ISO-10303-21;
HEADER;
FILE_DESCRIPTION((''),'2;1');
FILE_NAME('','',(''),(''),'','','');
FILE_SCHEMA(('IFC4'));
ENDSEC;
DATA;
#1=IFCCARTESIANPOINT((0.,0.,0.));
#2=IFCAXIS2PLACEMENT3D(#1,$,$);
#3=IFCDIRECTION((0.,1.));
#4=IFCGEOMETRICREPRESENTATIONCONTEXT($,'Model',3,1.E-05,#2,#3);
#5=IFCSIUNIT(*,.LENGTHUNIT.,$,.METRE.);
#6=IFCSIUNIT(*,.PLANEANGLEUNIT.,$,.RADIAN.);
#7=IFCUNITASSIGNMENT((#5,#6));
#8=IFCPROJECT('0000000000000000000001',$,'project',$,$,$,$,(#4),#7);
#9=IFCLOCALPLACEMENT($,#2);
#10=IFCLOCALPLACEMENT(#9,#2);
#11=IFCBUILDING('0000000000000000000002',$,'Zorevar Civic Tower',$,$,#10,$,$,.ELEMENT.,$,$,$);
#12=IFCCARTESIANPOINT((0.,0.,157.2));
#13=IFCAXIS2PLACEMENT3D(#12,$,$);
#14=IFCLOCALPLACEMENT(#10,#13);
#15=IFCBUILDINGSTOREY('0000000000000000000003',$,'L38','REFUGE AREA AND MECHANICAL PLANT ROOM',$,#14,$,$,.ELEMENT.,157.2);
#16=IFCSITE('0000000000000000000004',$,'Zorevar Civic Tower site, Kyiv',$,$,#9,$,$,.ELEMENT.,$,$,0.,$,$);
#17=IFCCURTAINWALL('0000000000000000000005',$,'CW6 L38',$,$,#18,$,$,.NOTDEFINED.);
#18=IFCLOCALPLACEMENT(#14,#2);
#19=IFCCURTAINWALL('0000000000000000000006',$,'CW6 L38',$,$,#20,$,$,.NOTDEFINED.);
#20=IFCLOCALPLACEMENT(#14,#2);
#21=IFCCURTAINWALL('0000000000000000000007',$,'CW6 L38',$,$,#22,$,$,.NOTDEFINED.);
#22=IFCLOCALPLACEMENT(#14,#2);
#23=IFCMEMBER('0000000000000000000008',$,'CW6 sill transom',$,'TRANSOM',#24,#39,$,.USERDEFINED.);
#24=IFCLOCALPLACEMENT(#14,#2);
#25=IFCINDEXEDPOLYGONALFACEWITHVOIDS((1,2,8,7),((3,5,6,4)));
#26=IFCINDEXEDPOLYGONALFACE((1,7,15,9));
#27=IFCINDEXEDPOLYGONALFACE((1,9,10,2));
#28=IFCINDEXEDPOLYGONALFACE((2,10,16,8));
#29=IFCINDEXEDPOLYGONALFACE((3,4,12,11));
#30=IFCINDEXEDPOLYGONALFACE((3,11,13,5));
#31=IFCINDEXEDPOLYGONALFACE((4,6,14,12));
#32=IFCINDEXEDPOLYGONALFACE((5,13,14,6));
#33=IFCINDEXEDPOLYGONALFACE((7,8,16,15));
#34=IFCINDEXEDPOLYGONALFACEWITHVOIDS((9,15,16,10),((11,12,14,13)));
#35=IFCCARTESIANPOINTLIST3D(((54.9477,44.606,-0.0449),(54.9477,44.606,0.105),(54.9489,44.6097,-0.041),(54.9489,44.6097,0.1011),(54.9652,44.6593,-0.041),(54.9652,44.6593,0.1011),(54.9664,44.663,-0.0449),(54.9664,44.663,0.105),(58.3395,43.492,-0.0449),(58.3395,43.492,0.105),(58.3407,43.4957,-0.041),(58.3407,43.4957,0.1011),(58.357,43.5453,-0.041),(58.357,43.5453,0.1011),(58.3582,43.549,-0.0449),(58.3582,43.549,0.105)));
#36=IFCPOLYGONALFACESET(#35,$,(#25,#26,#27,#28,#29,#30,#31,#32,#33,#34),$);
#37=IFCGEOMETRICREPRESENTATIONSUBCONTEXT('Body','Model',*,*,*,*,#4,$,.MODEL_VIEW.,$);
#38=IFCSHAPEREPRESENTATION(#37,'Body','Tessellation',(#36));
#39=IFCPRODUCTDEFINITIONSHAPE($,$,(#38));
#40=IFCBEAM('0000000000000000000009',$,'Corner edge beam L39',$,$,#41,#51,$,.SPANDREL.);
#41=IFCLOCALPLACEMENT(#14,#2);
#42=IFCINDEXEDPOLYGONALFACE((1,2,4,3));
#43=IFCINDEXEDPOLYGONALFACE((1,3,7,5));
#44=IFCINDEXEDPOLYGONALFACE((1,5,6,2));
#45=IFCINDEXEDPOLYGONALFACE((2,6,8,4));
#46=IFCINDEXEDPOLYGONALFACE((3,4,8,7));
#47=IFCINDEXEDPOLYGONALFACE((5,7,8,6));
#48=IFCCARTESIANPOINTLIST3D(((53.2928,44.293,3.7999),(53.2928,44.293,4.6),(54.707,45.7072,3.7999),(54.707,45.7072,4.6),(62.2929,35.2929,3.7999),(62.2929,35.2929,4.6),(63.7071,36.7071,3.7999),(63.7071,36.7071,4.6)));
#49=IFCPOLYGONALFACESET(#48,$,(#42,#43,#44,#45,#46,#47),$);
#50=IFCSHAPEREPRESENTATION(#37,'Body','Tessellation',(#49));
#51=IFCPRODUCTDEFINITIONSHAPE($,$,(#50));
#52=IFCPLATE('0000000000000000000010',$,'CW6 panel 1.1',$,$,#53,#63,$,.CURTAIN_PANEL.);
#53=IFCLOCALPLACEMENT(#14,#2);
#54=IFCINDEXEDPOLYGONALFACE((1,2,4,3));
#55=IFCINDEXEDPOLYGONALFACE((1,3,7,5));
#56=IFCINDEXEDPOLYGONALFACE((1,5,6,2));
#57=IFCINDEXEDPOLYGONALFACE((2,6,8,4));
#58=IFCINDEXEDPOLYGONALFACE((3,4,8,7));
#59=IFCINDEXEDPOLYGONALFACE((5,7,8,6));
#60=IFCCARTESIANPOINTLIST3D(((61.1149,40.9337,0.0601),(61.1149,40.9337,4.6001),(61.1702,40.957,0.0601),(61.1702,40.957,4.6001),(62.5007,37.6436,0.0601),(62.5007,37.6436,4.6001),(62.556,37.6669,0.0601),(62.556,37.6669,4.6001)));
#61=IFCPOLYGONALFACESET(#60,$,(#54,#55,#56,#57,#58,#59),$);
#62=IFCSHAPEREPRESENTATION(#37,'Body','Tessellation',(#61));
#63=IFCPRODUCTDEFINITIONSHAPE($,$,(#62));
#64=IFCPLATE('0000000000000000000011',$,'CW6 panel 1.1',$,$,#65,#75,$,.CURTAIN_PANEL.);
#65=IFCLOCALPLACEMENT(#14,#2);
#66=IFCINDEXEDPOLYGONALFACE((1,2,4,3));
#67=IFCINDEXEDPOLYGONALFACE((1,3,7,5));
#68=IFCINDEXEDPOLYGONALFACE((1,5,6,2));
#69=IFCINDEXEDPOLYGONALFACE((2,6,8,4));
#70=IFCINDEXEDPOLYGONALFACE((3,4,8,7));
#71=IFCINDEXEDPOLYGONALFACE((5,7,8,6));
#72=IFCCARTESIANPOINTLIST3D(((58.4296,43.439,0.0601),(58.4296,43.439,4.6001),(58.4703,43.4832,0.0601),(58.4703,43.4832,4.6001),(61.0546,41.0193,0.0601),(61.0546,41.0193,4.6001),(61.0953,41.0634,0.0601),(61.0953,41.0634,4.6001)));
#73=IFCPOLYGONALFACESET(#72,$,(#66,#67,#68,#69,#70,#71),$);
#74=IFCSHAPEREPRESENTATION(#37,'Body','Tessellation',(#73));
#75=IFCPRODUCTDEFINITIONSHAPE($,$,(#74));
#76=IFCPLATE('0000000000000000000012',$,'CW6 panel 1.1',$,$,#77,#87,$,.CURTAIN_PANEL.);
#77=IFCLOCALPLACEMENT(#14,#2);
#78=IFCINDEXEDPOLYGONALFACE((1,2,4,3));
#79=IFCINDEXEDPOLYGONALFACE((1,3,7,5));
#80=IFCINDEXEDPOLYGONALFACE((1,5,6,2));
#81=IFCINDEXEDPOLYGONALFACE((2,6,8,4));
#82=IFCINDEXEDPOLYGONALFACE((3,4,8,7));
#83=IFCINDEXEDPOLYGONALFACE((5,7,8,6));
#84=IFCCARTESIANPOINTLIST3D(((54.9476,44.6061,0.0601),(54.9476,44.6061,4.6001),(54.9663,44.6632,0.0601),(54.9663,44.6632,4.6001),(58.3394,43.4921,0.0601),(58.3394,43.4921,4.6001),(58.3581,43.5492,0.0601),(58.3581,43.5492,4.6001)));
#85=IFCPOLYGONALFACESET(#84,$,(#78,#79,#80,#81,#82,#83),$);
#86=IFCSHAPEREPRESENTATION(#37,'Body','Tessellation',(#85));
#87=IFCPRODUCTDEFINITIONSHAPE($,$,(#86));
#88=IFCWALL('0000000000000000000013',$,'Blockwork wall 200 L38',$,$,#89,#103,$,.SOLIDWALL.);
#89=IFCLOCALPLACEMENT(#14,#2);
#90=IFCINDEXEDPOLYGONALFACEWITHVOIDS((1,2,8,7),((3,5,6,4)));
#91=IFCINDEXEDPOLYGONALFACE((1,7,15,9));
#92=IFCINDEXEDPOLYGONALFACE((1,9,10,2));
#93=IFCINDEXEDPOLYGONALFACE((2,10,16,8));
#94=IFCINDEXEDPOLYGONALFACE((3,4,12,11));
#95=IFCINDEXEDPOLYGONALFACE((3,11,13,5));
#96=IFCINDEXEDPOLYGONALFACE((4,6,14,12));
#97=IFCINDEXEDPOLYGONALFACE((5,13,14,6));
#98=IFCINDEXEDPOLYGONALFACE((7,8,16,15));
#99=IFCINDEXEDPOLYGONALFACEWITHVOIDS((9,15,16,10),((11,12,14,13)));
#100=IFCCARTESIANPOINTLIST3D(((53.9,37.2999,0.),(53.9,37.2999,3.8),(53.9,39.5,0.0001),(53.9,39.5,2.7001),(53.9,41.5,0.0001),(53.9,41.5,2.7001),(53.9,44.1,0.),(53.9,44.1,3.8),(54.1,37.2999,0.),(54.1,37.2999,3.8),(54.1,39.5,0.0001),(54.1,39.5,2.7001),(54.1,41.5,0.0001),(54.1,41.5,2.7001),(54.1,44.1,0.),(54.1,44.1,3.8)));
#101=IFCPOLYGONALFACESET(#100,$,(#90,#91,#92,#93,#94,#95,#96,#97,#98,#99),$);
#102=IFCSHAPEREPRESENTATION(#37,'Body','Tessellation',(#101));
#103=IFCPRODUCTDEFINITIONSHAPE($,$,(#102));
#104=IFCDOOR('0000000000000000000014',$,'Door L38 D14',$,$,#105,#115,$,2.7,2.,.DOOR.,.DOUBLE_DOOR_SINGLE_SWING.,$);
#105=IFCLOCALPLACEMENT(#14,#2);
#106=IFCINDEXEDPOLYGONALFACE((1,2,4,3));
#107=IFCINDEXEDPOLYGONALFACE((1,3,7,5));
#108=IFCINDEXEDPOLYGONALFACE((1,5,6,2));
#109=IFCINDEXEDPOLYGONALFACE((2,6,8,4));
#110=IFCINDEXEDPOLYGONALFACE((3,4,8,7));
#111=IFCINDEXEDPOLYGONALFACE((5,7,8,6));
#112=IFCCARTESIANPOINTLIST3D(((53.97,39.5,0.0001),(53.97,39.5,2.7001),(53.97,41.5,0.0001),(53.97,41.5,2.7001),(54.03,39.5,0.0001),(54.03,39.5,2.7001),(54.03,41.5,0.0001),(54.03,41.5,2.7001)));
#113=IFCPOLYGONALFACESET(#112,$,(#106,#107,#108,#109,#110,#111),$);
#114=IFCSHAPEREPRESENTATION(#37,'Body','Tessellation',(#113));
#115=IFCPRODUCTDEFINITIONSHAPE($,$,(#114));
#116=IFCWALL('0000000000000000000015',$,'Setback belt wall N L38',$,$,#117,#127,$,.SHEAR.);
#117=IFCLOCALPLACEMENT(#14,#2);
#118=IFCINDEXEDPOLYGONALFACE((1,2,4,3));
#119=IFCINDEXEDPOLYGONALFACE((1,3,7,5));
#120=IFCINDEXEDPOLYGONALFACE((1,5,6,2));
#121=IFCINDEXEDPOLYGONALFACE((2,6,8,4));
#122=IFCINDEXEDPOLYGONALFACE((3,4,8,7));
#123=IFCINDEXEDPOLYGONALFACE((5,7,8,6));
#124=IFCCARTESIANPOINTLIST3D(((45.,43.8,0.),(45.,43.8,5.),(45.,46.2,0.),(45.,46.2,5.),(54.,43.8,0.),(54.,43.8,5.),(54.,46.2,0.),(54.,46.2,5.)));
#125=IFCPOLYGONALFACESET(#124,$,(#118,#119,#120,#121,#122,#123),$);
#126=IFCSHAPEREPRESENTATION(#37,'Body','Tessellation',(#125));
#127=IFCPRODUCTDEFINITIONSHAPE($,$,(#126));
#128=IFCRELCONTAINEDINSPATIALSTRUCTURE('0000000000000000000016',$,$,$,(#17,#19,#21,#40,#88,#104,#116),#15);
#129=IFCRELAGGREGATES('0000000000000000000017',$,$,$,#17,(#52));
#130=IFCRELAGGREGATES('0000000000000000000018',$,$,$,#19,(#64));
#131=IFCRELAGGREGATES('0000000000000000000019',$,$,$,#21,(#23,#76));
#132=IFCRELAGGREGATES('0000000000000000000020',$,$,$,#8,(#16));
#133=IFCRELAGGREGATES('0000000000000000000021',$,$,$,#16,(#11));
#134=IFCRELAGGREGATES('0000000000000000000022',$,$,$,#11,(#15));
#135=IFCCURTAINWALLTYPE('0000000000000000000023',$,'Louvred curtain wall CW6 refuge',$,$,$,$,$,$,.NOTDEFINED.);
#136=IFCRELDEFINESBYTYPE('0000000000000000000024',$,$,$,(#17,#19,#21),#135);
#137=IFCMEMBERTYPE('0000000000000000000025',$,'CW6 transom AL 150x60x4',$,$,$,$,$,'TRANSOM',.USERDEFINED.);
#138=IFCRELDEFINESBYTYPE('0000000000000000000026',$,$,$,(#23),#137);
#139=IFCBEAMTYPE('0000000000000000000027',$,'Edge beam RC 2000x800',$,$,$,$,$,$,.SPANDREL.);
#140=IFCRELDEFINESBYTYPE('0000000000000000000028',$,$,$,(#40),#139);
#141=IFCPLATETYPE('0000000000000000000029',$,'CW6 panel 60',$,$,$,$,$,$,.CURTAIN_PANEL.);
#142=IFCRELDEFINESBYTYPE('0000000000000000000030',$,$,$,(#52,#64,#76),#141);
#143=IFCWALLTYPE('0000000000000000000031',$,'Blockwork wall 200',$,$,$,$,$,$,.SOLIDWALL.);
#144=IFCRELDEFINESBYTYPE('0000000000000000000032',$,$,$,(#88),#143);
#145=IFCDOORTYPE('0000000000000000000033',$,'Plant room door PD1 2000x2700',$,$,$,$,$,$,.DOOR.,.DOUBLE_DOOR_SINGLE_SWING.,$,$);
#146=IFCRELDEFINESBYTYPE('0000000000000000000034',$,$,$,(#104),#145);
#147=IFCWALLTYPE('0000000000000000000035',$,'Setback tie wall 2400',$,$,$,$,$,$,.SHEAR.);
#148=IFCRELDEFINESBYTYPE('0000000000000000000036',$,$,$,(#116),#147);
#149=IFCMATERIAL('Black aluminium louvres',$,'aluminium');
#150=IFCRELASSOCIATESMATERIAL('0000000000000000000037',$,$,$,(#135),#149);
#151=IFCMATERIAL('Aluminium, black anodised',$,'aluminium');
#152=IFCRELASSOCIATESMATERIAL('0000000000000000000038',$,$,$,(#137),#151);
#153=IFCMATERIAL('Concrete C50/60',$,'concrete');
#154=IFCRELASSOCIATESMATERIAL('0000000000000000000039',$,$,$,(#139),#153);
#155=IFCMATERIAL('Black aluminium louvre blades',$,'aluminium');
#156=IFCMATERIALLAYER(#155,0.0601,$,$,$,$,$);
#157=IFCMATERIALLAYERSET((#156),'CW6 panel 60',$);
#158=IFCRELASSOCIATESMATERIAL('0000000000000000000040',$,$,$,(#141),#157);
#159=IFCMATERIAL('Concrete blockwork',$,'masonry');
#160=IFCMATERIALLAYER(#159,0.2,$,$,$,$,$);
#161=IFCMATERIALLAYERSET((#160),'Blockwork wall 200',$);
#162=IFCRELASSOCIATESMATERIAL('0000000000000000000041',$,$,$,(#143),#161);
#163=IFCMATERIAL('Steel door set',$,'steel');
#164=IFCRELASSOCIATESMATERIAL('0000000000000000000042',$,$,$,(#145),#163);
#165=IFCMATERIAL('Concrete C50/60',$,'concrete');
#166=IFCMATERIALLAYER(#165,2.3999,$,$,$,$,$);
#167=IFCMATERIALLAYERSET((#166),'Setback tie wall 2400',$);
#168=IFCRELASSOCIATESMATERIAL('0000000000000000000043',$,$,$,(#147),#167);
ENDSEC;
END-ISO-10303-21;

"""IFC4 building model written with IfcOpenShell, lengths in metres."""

from ifc_helpers import new_model, si_unit, direction, frame, frame_2d, origin, origin_2d, place, context, subcontext, project, spatial, rectangle, hollow_rectangle, extrude, material, layer, layer_set, material_profile, profile_set, type_object, element, fill, aggregate, save


model = new_model("IFC4")

# Units and contexts
model_context = context("Model", 3, precision=1e-05, world=origin(), true_north=direction((0.0, 1.0)))
body_context = subcontext(model_context, "Body", "Model", "MODEL_VIEW")
ifc_project = project(units=[si_unit("LENGTHUNIT", "METRE"), si_unit("PLANEANGLEUNIT", "RADIAN")], contexts=[model_context])

# Site, building, storey
site_placement = place(None, origin())
site = spatial("IfcSite", under=ifc_project, at=site_placement, Name="Zorevar Civic Tower site, Kyiv", CompositionType="ELEMENT", RefElevation=0.0)
building_placement = place(site_placement, origin())
building = spatial("IfcBuilding", under=site, at=building_placement, Name="Zorevar Civic Tower", CompositionType="ELEMENT")
storey_placement = place(building_placement, frame((0.0, 0.0, 157.2)))
storey = spatial("IfcBuildingStorey", under=building, at=storey_placement, Name="L38", Description="REFUGE AREA AND MECHANICAL PLANT ROOM", CompositionType="ELEMENT", Elevation=157.2)

# Curtain walls
ifc_material_1 = material(Name="Black aluminium louvres", Category="aluminium")
curtain_wall_type = type_object("IfcCurtainWallType", Name="Louvred curtain wall CW6 refuge", PredefinedType="NOTDEFINED", material=ifc_material_1)
curtain_wall_1_placement = place(storey_placement, origin())
curtain_wall_1 = element("IfcCurtainWall", 1, at=curtain_wall_1_placement, inside=storey, type_object=curtain_wall_type, Name="CW6 L38", PredefinedType="NOTDEFINED")
curtain_wall_2_placement = place(storey_placement, origin())
curtain_wall_2 = element("IfcCurtainWall", 2, at=curtain_wall_2_placement, inside=storey, type_object=curtain_wall_type, Name="CW6 L38", PredefinedType="NOTDEFINED")
curtain_wall_3_placement = place(storey_placement, origin())
curtain_wall_3 = element("IfcCurtainWall", 3, at=curtain_wall_3_placement, inside=storey, type_object=curtain_wall_type, Name="CW6 L38", PredefinedType="NOTDEFINED")

# Member
ifc_material_2 = material(Name="Aluminium, black anodised", Category="aluminium")
ifc_material_profile_1 = material_profile(ifc_material_2, hollow_rectangle(XDim=0.0601, YDim=0.1499, WallThickness=0.0039, at=origin_2d()), Name="AL 150x60x4")
ifc_profile_set_1 = profile_set([ifc_material_profile_1], Name="Aluminium, black anodised")
member_type_1 = type_object("IfcMemberType", Name="CW6 transom AL 150x60x4", ElementType="TRANSOM", PredefinedType="USERDEFINED", material=ifc_profile_set_1)
member_1_placement = place(storey_placement, frame((58.3489, 43.5205, 0.03), z_axis=(-0.950069, 0.31204, 0.0), x_axis=(-0.31204, -0.950069, 0.0)))
member_1 = element("IfcMember", 4, at=member_1_placement, type_object=member_type_1, Name="CW6 sill transom", ObjectType="TRANSOM", PredefinedType="USERDEFINED", context=body_context, shape_type="SweptSolid", body=[
    extrude(hollow_rectangle(XDim=0.0601, YDim=0.1499, WallThickness=0.0039, at=origin_2d()), origin(), (0.0, 0.0, 1.0), 3.5701),
])

# Beam
ifc_material_3 = material(Name="Concrete C50/60", Category="concrete")
ifc_material_profile_2 = material_profile(ifc_material_3, rectangle(XDim=2.0, YDim=0.8, at=origin_2d()), Name="RC 2000x800")
ifc_profile_set_2 = profile_set([ifc_material_profile_2], Name="Concrete C50/60")
beam_type_1 = type_object("IfcBeamType", Name="Edge beam RC 2000x800", PredefinedType="SPANDREL", material=ifc_profile_set_2)
beam_1_placement = place(storey_placement, frame((63.0, 36.0, 4.2), z_axis=(-0.707107, 0.707107, 0.0), x_axis=(-0.707107, -0.707107, 0.0)))
element("IfcBeam", 5, at=beam_1_placement, inside=storey, type_object=beam_type_1, Name="Corner edge beam L39", PredefinedType="SPANDREL", context=body_context, shape_type="SweptSolid", body=[
    extrude(rectangle(XDim=2.0, YDim=0.8, at=origin_2d()), origin(), (0.0, 0.0, 1.0), 12.728),
])

# Plates
ifc_material_4 = material(Name="Black aluminium louvre blades", Category="aluminium")
ifc_layer_1 = layer(ifc_material_4, 0.0601)
ifc_layer_set_1 = layer_set([ifc_layer_1], Name="CW6 panel 60")
plate_type = type_object("IfcPlateType", Name="CW6 panel 60", PredefinedType="CURTAIN_PANEL", material=ifc_layer_set_1)
plate_1_placement = place(storey_placement, frame((61.8354, 39.3003, 0.0601), z_axis=(0.0, 0.0, 1.0), x_axis=(-0.388184, 0.921582, 0.0)))
plate_1 = element("IfcPlate", 6, at=plate_1_placement, type_object=plate_type, Name="CW6 panel 1.1", PredefinedType="CURTAIN_PANEL", context=body_context, shape_type="SweptSolid", body=[
    extrude(rectangle(XDim=3.5701, YDim=0.0601, at=origin_2d()), origin(), (0.0, 0.0, 1.0), 4.54),
])
aggregate(curtain_wall_1, [plate_1])
plate_2_placement = place(storey_placement, frame((59.7625, 42.2512, 0.0601), z_axis=(0.0, 0.0, 1.0), x_axis=(-0.735267, 0.677777, 0.0)))
plate_2 = element("IfcPlate", 7, at=plate_2_placement, type_object=plate_type, Name="CW6 panel 1.1", PredefinedType="CURTAIN_PANEL", context=body_context, shape_type="SweptSolid", body=[
    extrude(rectangle(XDim=3.5701, YDim=0.0601, at=origin_2d()), origin(), (0.0, 0.0, 1.0), 4.54),
])
aggregate(curtain_wall_2, [plate_2])
plate_3_placement = place(storey_placement, frame((56.6528, 44.0776, 0.0601), z_axis=(0.0, 0.0, 1.0), x_axis=(-0.95007, 0.312036, 0.0)))
plate_3 = element("IfcPlate", 8, at=plate_3_placement, type_object=plate_type, Name="CW6 panel 1.1", PredefinedType="CURTAIN_PANEL", context=body_context, shape_type="SweptSolid", body=[
    extrude(rectangle(XDim=3.5701, YDim=0.0601, at=origin_2d()), origin(), (0.0, 0.0, 1.0), 4.54),
])
aggregate(curtain_wall_3, [member_1, plate_3])

# Wall, opening, door
ifc_material_5 = material(Name="Concrete blockwork", Category="masonry")
ifc_layer_2 = layer(ifc_material_5, 0.2)
ifc_layer_set_2 = layer_set([ifc_layer_2], Name="Blockwork wall 200")
wall_type_1 = type_object("IfcWallType", Name="Blockwork wall 200", PredefinedType="SOLIDWALL", material=ifc_layer_set_2)
wall_1_placement = place(storey_placement, frame((54.0, 37.3, 0.0), z_axis=(0.0, 0.0, 1.0), x_axis=(0.0, 1.0, 0.0)))
wall_1 = element("IfcWall", 9, at=wall_1_placement, inside=storey, type_object=wall_type_1, Name="Blockwork wall 200 L38", PredefinedType="SOLIDWALL", context=body_context, shape_type="SweptSolid", body=[
    extrude(rectangle(XDim=6.8, YDim=0.2, at=frame_2d((3.3999, 0.0))), origin(), (0.0, 0.0, 1.0), 3.8),
])
opening_placement = place(wall_1_placement, frame((2.2, 0.0, 0.0)))
opening = element("IfcOpeningElement", 10, at=opening_placement, cuts=wall_1, PredefinedType="OPENING", context=body_context, shape_type="SweptSolid", body=[
    extrude(rectangle(XDim=2.0, YDim=2.7, at=frame_2d((1.0, 1.3501))), frame((0.0, 0.1099, 0.0), z_axis=(0.0, -1.0, 0.0), x_axis=(1.0, 0.0, 0.0)), (0.0, 0.0, 1.0), 0.22),
])
ifc_material_6 = material(Name="Steel door set", Category="steel")
door_type = type_object("IfcDoorType", Name="Plant room door PD1 2000x2700", OperationType="DOUBLE_DOOR_SINGLE_SWING", PredefinedType="DOOR", material=ifc_material_6)
door_placement = place(opening_placement, origin())
door = element("IfcDoor", 11, at=door_placement, inside=storey, type_object=door_type, Name="Door L38 D14", OperationType="DOUBLE_DOOR_SINGLE_SWING", OverallHeight=2.7, OverallWidth=2.0, PredefinedType="DOOR", context=body_context, shape_type="SweptSolid", body=[
    extrude(rectangle(XDim=2.0, YDim=2.7, at=frame_2d((1.0, 1.3501))), frame((0.0, 0.03, 0.0), z_axis=(0.0, -1.0, 0.0), x_axis=(1.0, 0.0, 0.0)), (0.0, 0.0, 1.0), 0.0601),
])
fill(opening, door)

# Wall
ifc_material_7 = material(Name="Concrete C50/60", Category="concrete")
ifc_layer_3 = layer(ifc_material_7, 2.3999)
ifc_layer_set_3 = layer_set([ifc_layer_3], Name="Setback tie wall 2400")
wall_type_2 = type_object("IfcWallType", Name="Setback tie wall 2400", PredefinedType="SHEAR", material=ifc_layer_set_3)
wall_2_placement = place(storey_placement, frame((45.0, 45.0, 0.0), z_axis=(0.0, 0.0, 1.0), x_axis=(1.0, 0.0, 0.0)))
element("IfcWall", 12, at=wall_2_placement, inside=storey, type_object=wall_type_2, Name="Setback belt wall N L38", PredefinedType="SHEAR", context=body_context, shape_type="SweptSolid", body=[
    extrude(rectangle(XDim=9.0, YDim=2.3999, at=frame_2d((4.5, 0.0))), origin(), (0.0, 0.0, 1.0), 5.0),
])

save(model, "model.ifc")
